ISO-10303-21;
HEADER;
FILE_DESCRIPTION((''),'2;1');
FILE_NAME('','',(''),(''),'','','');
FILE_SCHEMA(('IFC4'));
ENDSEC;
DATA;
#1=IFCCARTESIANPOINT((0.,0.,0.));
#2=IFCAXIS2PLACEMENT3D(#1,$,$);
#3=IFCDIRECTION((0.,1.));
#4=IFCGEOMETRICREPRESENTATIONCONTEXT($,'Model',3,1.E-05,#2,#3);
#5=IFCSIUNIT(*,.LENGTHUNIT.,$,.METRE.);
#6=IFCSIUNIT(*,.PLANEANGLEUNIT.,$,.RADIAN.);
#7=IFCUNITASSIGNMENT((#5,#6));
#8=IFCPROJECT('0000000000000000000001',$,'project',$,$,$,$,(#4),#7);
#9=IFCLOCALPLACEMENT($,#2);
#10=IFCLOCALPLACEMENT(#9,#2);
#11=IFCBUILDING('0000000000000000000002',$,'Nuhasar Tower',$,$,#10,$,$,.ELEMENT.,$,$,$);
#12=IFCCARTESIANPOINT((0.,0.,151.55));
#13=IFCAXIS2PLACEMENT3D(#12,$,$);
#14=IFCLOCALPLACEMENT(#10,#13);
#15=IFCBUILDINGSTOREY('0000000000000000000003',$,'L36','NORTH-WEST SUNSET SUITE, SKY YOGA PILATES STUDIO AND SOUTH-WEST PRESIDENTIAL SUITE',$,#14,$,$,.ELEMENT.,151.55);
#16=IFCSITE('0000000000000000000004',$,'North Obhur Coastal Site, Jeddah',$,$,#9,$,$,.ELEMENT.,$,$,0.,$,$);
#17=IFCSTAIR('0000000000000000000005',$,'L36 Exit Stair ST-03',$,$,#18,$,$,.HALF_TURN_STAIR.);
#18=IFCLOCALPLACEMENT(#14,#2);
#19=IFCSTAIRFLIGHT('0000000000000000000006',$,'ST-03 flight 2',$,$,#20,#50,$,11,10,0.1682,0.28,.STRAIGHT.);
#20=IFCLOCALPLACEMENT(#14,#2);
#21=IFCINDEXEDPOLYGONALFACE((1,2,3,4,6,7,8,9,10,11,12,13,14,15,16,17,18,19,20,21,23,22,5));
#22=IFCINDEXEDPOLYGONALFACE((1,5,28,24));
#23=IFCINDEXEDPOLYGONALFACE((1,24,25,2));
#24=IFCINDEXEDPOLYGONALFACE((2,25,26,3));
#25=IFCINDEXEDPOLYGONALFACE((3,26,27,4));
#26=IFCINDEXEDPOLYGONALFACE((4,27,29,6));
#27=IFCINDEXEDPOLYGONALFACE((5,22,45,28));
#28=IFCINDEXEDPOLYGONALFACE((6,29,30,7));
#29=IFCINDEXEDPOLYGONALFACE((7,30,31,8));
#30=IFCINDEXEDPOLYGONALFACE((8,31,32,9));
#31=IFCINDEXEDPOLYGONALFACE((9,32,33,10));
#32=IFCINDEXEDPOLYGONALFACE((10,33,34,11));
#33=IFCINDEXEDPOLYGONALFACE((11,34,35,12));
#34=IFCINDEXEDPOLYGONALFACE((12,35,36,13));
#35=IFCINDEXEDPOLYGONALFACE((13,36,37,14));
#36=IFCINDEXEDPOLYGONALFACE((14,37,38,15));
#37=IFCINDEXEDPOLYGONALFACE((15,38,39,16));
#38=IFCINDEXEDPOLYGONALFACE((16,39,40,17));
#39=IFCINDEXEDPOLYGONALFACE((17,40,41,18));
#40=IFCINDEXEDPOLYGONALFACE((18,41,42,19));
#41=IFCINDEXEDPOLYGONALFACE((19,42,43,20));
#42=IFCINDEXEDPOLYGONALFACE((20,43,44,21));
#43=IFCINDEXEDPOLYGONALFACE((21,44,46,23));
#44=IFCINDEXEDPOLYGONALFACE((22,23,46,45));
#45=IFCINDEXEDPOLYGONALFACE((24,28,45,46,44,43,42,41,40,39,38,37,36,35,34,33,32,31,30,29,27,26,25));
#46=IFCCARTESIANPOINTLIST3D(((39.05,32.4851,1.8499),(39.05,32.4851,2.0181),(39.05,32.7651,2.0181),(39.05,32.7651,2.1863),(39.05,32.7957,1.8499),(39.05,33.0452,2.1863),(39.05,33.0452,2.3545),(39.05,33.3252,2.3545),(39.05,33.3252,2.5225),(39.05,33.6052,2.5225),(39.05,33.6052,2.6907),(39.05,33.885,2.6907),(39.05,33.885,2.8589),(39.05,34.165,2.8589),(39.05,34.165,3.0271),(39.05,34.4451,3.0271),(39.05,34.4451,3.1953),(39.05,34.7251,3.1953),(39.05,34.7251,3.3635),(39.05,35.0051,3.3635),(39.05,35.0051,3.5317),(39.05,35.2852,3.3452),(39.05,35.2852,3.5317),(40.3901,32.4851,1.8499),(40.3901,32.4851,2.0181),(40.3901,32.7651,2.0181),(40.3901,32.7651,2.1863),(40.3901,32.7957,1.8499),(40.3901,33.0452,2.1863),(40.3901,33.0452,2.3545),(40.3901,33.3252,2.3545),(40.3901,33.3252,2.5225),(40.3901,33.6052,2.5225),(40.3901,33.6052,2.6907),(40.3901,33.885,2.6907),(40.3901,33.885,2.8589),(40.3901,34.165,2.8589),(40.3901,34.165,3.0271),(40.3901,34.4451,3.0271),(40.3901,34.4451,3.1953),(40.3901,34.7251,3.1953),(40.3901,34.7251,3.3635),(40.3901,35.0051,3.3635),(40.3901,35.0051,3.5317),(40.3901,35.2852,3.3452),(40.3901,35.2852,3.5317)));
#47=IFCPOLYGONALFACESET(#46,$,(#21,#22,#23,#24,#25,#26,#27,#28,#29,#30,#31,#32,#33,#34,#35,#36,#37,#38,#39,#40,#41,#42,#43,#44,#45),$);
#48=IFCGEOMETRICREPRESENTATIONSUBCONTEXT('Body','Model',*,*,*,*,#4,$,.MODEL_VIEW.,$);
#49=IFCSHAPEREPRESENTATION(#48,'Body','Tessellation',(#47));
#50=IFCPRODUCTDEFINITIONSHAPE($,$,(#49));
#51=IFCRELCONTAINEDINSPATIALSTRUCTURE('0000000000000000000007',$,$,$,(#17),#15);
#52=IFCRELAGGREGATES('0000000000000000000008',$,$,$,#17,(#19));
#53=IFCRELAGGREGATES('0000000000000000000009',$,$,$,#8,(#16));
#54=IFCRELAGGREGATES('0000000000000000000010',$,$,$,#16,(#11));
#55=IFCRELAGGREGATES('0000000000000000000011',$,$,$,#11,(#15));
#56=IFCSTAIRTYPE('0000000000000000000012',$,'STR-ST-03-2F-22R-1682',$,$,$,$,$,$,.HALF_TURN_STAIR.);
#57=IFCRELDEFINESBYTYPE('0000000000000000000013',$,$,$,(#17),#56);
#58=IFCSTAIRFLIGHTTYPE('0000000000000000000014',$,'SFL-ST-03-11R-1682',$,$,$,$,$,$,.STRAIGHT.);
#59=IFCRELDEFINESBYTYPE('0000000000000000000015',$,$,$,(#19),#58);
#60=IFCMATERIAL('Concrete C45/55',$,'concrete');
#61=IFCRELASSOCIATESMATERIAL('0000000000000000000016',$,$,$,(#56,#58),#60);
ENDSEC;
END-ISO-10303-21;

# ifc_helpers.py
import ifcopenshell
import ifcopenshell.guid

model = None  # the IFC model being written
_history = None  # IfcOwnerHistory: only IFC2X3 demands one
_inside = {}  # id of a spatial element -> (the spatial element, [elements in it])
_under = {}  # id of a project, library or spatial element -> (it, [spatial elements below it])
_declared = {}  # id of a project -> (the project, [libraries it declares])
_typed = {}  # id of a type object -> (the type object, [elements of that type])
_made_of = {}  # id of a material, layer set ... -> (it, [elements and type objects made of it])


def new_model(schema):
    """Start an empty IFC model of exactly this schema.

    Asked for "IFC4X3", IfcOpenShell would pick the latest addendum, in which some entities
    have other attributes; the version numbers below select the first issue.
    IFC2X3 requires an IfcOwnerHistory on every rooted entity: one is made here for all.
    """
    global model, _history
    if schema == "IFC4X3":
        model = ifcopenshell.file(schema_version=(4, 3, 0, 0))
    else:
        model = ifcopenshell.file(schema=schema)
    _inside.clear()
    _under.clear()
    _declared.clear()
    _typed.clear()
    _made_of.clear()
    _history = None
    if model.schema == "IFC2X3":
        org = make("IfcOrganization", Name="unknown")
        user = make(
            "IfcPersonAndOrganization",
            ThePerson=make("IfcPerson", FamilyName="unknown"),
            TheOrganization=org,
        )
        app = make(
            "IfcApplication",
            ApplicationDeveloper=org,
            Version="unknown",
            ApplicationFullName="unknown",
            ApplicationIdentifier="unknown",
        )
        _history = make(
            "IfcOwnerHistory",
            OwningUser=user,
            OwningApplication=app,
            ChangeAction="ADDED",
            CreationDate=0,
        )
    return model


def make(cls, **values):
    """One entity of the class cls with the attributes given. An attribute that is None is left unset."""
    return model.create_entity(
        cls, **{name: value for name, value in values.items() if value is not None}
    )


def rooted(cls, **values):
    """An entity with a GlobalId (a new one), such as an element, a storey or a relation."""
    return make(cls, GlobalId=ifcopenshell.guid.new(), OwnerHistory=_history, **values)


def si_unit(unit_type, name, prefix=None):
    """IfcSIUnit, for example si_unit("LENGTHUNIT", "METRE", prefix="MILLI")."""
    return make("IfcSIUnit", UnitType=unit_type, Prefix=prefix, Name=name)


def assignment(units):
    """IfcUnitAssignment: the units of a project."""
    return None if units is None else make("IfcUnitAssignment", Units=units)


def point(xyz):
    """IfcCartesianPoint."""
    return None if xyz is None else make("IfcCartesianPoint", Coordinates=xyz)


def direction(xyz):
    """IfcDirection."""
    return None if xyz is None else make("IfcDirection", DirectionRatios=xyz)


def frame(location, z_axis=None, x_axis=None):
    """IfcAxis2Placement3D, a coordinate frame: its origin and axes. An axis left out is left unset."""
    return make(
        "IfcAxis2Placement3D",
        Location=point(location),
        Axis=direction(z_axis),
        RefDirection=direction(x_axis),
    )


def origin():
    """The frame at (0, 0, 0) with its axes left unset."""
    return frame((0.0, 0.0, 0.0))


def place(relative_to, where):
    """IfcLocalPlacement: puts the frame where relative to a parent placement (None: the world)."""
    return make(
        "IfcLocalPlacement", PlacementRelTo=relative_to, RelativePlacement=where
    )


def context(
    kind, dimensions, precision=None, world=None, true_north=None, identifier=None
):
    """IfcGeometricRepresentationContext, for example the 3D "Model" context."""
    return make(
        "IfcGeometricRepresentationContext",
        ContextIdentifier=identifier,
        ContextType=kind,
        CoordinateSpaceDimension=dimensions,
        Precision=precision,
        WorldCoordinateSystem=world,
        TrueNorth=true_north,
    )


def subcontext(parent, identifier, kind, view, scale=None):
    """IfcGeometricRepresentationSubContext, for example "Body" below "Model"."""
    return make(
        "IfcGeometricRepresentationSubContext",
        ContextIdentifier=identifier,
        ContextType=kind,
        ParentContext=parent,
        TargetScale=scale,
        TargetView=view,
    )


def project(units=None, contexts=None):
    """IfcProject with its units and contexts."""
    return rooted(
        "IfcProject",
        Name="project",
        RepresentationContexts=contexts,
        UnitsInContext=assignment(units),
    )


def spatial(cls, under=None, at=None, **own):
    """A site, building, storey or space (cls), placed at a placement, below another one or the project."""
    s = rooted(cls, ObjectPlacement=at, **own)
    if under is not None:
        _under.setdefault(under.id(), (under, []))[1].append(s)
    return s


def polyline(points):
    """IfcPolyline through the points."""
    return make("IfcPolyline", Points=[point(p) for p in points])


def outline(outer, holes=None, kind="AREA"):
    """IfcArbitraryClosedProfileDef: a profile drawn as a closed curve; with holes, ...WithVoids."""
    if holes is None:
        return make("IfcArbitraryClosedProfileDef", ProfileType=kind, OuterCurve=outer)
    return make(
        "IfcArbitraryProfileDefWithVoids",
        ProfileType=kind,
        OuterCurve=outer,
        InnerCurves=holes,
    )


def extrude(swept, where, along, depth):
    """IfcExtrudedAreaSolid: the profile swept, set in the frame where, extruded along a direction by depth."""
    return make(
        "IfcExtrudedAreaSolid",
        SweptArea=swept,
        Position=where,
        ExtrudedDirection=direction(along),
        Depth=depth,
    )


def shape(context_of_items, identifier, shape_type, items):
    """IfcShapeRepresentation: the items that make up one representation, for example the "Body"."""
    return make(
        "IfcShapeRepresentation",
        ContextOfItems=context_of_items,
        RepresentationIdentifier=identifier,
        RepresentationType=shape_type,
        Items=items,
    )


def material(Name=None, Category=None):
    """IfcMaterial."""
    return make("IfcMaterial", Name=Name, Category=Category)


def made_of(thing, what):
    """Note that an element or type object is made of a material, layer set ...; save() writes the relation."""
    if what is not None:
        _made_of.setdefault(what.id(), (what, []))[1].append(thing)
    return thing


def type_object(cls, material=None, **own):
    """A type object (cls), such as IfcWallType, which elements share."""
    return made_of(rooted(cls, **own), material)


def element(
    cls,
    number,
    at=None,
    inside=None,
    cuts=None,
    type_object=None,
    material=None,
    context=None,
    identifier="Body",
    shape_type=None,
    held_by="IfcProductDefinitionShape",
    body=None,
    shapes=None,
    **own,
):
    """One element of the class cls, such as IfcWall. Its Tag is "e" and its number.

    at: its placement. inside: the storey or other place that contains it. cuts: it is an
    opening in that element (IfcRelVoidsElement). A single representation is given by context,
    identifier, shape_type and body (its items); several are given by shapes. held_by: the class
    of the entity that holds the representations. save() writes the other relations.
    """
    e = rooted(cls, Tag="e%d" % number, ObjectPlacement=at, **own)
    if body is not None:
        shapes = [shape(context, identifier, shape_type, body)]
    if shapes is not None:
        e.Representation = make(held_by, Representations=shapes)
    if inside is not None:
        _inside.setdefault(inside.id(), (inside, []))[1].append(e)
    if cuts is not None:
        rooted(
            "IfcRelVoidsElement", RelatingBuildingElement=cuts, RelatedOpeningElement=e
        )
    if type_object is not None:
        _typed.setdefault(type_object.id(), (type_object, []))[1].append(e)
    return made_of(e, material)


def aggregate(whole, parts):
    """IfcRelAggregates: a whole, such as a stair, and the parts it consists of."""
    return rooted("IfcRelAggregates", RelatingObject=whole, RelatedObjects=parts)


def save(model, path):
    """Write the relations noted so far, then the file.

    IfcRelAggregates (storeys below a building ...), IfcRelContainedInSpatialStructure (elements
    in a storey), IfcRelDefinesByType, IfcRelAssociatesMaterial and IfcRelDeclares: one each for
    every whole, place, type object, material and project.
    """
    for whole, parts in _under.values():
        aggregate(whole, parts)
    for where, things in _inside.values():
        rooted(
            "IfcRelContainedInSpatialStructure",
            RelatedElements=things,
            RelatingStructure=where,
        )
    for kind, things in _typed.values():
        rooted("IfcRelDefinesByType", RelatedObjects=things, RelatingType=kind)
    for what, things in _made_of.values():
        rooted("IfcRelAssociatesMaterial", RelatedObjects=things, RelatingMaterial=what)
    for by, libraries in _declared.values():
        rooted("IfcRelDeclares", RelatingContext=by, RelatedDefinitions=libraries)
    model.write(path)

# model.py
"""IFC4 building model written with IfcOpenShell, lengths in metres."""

from ifc_helpers import new_model, si_unit, direction, frame, origin, place, context, subcontext, project, spatial, polyline, outline, extrude, material, type_object, element, aggregate, save


model = new_model("IFC4")

# Units and contexts
model_context = context("Model", 3, precision=1e-05, world=origin(), true_north=direction((0.0, 1.0)))
body_context = subcontext(model_context, "Body", "Model", "MODEL_VIEW")
ifc_project = project(units=[si_unit("LENGTHUNIT", "METRE"), si_unit("PLANEANGLEUNIT", "RADIAN")], contexts=[model_context])

# Site, building, storey
site_placement = place(None, origin())
site = spatial("IfcSite", under=ifc_project, at=site_placement, Name="North Obhur Coastal Site, Jeddah", CompositionType="ELEMENT", RefElevation=0.0)
building_placement = place(site_placement, origin())
building = spatial("IfcBuilding", under=site, at=building_placement, Name="Nuhasar Tower", CompositionType="ELEMENT")
storey_placement = place(building_placement, frame((0.0, 0.0, 151.55)))
storey = spatial("IfcBuildingStorey", under=building, at=storey_placement, Name="L36", Description="NORTH-WEST SUNSET SUITE, SKY YOGA PILATES STUDIO AND SOUTH-WEST PRESIDENTIAL SUITE", CompositionType="ELEMENT", Elevation=151.55)

# Shared definitions
ifc_material_1 = material(Name="Concrete C45/55", Category="concrete")

# Stair, stair flight
stair_type_1 = type_object("IfcStairType", Name="STR-ST-03-2F-22R-1682", PredefinedType="HALF_TURN_STAIR", material=ifc_material_1)
stair_1_placement = place(storey_placement, origin())
stair_1 = element("IfcStair", 1, at=stair_1_placement, inside=storey, type_object=stair_type_1, Name="L36 Exit Stair ST-03", PredefinedType="HALF_TURN_STAIR")
stair_flight_type_1 = type_object("IfcStairFlightType", Name="SFL-ST-03-11R-1682", PredefinedType="STRAIGHT", material=ifc_material_1)
stair_flight_1_placement = place(storey_placement, frame((39.72, 32.4851, 1.8499), z_axis=(0.0, 0.0, 1.0), x_axis=(0.0, 1.0, 0.0)))
stair_flight_1 = element("IfcStairFlight", 2, at=stair_flight_1_placement, type_object=stair_flight_type_1, Name="ST-03 flight 2", NumberOfRisers=11, NumberOfTreads=10, PredefinedType="STRAIGHT", RiserHeight=0.1682, TreadLength=0.28, context=body_context, shape_type="SweptSolid", body=[
    extrude(outline(polyline([(0.0, 0.0), (0.0, 0.1682), (0.28, 0.1682), (0.28, 0.3364), (0.5601, 0.3364), (0.5601, 0.5046), (0.8401, 0.5046), (0.8401, 0.6726), (1.1201, 0.6726), (1.1201, 0.8408), (1.3999, 0.8408), (1.3999, 1.009), (1.6799, 1.009), (1.6799, 1.1772), (1.96, 1.1772), (1.96, 1.3455), (2.24, 1.3455), (2.24, 1.5137), (2.52, 1.5137), (2.52, 1.6819), (2.8, 1.6819), (2.8, 1.8501), (2.8, 1.4954), (0.3105, 0.0), (0.0, 0.0)])), frame((0.0, 0.6699, 0.0), z_axis=(0.0, -1.0, 0.0), x_axis=(1.0, 0.0, 0.0)), (0.0, 0.0, 1.0), 1.3401),
])
aggregate(stair_1, [stair_flight_1])

save(model, "model.ifc")
